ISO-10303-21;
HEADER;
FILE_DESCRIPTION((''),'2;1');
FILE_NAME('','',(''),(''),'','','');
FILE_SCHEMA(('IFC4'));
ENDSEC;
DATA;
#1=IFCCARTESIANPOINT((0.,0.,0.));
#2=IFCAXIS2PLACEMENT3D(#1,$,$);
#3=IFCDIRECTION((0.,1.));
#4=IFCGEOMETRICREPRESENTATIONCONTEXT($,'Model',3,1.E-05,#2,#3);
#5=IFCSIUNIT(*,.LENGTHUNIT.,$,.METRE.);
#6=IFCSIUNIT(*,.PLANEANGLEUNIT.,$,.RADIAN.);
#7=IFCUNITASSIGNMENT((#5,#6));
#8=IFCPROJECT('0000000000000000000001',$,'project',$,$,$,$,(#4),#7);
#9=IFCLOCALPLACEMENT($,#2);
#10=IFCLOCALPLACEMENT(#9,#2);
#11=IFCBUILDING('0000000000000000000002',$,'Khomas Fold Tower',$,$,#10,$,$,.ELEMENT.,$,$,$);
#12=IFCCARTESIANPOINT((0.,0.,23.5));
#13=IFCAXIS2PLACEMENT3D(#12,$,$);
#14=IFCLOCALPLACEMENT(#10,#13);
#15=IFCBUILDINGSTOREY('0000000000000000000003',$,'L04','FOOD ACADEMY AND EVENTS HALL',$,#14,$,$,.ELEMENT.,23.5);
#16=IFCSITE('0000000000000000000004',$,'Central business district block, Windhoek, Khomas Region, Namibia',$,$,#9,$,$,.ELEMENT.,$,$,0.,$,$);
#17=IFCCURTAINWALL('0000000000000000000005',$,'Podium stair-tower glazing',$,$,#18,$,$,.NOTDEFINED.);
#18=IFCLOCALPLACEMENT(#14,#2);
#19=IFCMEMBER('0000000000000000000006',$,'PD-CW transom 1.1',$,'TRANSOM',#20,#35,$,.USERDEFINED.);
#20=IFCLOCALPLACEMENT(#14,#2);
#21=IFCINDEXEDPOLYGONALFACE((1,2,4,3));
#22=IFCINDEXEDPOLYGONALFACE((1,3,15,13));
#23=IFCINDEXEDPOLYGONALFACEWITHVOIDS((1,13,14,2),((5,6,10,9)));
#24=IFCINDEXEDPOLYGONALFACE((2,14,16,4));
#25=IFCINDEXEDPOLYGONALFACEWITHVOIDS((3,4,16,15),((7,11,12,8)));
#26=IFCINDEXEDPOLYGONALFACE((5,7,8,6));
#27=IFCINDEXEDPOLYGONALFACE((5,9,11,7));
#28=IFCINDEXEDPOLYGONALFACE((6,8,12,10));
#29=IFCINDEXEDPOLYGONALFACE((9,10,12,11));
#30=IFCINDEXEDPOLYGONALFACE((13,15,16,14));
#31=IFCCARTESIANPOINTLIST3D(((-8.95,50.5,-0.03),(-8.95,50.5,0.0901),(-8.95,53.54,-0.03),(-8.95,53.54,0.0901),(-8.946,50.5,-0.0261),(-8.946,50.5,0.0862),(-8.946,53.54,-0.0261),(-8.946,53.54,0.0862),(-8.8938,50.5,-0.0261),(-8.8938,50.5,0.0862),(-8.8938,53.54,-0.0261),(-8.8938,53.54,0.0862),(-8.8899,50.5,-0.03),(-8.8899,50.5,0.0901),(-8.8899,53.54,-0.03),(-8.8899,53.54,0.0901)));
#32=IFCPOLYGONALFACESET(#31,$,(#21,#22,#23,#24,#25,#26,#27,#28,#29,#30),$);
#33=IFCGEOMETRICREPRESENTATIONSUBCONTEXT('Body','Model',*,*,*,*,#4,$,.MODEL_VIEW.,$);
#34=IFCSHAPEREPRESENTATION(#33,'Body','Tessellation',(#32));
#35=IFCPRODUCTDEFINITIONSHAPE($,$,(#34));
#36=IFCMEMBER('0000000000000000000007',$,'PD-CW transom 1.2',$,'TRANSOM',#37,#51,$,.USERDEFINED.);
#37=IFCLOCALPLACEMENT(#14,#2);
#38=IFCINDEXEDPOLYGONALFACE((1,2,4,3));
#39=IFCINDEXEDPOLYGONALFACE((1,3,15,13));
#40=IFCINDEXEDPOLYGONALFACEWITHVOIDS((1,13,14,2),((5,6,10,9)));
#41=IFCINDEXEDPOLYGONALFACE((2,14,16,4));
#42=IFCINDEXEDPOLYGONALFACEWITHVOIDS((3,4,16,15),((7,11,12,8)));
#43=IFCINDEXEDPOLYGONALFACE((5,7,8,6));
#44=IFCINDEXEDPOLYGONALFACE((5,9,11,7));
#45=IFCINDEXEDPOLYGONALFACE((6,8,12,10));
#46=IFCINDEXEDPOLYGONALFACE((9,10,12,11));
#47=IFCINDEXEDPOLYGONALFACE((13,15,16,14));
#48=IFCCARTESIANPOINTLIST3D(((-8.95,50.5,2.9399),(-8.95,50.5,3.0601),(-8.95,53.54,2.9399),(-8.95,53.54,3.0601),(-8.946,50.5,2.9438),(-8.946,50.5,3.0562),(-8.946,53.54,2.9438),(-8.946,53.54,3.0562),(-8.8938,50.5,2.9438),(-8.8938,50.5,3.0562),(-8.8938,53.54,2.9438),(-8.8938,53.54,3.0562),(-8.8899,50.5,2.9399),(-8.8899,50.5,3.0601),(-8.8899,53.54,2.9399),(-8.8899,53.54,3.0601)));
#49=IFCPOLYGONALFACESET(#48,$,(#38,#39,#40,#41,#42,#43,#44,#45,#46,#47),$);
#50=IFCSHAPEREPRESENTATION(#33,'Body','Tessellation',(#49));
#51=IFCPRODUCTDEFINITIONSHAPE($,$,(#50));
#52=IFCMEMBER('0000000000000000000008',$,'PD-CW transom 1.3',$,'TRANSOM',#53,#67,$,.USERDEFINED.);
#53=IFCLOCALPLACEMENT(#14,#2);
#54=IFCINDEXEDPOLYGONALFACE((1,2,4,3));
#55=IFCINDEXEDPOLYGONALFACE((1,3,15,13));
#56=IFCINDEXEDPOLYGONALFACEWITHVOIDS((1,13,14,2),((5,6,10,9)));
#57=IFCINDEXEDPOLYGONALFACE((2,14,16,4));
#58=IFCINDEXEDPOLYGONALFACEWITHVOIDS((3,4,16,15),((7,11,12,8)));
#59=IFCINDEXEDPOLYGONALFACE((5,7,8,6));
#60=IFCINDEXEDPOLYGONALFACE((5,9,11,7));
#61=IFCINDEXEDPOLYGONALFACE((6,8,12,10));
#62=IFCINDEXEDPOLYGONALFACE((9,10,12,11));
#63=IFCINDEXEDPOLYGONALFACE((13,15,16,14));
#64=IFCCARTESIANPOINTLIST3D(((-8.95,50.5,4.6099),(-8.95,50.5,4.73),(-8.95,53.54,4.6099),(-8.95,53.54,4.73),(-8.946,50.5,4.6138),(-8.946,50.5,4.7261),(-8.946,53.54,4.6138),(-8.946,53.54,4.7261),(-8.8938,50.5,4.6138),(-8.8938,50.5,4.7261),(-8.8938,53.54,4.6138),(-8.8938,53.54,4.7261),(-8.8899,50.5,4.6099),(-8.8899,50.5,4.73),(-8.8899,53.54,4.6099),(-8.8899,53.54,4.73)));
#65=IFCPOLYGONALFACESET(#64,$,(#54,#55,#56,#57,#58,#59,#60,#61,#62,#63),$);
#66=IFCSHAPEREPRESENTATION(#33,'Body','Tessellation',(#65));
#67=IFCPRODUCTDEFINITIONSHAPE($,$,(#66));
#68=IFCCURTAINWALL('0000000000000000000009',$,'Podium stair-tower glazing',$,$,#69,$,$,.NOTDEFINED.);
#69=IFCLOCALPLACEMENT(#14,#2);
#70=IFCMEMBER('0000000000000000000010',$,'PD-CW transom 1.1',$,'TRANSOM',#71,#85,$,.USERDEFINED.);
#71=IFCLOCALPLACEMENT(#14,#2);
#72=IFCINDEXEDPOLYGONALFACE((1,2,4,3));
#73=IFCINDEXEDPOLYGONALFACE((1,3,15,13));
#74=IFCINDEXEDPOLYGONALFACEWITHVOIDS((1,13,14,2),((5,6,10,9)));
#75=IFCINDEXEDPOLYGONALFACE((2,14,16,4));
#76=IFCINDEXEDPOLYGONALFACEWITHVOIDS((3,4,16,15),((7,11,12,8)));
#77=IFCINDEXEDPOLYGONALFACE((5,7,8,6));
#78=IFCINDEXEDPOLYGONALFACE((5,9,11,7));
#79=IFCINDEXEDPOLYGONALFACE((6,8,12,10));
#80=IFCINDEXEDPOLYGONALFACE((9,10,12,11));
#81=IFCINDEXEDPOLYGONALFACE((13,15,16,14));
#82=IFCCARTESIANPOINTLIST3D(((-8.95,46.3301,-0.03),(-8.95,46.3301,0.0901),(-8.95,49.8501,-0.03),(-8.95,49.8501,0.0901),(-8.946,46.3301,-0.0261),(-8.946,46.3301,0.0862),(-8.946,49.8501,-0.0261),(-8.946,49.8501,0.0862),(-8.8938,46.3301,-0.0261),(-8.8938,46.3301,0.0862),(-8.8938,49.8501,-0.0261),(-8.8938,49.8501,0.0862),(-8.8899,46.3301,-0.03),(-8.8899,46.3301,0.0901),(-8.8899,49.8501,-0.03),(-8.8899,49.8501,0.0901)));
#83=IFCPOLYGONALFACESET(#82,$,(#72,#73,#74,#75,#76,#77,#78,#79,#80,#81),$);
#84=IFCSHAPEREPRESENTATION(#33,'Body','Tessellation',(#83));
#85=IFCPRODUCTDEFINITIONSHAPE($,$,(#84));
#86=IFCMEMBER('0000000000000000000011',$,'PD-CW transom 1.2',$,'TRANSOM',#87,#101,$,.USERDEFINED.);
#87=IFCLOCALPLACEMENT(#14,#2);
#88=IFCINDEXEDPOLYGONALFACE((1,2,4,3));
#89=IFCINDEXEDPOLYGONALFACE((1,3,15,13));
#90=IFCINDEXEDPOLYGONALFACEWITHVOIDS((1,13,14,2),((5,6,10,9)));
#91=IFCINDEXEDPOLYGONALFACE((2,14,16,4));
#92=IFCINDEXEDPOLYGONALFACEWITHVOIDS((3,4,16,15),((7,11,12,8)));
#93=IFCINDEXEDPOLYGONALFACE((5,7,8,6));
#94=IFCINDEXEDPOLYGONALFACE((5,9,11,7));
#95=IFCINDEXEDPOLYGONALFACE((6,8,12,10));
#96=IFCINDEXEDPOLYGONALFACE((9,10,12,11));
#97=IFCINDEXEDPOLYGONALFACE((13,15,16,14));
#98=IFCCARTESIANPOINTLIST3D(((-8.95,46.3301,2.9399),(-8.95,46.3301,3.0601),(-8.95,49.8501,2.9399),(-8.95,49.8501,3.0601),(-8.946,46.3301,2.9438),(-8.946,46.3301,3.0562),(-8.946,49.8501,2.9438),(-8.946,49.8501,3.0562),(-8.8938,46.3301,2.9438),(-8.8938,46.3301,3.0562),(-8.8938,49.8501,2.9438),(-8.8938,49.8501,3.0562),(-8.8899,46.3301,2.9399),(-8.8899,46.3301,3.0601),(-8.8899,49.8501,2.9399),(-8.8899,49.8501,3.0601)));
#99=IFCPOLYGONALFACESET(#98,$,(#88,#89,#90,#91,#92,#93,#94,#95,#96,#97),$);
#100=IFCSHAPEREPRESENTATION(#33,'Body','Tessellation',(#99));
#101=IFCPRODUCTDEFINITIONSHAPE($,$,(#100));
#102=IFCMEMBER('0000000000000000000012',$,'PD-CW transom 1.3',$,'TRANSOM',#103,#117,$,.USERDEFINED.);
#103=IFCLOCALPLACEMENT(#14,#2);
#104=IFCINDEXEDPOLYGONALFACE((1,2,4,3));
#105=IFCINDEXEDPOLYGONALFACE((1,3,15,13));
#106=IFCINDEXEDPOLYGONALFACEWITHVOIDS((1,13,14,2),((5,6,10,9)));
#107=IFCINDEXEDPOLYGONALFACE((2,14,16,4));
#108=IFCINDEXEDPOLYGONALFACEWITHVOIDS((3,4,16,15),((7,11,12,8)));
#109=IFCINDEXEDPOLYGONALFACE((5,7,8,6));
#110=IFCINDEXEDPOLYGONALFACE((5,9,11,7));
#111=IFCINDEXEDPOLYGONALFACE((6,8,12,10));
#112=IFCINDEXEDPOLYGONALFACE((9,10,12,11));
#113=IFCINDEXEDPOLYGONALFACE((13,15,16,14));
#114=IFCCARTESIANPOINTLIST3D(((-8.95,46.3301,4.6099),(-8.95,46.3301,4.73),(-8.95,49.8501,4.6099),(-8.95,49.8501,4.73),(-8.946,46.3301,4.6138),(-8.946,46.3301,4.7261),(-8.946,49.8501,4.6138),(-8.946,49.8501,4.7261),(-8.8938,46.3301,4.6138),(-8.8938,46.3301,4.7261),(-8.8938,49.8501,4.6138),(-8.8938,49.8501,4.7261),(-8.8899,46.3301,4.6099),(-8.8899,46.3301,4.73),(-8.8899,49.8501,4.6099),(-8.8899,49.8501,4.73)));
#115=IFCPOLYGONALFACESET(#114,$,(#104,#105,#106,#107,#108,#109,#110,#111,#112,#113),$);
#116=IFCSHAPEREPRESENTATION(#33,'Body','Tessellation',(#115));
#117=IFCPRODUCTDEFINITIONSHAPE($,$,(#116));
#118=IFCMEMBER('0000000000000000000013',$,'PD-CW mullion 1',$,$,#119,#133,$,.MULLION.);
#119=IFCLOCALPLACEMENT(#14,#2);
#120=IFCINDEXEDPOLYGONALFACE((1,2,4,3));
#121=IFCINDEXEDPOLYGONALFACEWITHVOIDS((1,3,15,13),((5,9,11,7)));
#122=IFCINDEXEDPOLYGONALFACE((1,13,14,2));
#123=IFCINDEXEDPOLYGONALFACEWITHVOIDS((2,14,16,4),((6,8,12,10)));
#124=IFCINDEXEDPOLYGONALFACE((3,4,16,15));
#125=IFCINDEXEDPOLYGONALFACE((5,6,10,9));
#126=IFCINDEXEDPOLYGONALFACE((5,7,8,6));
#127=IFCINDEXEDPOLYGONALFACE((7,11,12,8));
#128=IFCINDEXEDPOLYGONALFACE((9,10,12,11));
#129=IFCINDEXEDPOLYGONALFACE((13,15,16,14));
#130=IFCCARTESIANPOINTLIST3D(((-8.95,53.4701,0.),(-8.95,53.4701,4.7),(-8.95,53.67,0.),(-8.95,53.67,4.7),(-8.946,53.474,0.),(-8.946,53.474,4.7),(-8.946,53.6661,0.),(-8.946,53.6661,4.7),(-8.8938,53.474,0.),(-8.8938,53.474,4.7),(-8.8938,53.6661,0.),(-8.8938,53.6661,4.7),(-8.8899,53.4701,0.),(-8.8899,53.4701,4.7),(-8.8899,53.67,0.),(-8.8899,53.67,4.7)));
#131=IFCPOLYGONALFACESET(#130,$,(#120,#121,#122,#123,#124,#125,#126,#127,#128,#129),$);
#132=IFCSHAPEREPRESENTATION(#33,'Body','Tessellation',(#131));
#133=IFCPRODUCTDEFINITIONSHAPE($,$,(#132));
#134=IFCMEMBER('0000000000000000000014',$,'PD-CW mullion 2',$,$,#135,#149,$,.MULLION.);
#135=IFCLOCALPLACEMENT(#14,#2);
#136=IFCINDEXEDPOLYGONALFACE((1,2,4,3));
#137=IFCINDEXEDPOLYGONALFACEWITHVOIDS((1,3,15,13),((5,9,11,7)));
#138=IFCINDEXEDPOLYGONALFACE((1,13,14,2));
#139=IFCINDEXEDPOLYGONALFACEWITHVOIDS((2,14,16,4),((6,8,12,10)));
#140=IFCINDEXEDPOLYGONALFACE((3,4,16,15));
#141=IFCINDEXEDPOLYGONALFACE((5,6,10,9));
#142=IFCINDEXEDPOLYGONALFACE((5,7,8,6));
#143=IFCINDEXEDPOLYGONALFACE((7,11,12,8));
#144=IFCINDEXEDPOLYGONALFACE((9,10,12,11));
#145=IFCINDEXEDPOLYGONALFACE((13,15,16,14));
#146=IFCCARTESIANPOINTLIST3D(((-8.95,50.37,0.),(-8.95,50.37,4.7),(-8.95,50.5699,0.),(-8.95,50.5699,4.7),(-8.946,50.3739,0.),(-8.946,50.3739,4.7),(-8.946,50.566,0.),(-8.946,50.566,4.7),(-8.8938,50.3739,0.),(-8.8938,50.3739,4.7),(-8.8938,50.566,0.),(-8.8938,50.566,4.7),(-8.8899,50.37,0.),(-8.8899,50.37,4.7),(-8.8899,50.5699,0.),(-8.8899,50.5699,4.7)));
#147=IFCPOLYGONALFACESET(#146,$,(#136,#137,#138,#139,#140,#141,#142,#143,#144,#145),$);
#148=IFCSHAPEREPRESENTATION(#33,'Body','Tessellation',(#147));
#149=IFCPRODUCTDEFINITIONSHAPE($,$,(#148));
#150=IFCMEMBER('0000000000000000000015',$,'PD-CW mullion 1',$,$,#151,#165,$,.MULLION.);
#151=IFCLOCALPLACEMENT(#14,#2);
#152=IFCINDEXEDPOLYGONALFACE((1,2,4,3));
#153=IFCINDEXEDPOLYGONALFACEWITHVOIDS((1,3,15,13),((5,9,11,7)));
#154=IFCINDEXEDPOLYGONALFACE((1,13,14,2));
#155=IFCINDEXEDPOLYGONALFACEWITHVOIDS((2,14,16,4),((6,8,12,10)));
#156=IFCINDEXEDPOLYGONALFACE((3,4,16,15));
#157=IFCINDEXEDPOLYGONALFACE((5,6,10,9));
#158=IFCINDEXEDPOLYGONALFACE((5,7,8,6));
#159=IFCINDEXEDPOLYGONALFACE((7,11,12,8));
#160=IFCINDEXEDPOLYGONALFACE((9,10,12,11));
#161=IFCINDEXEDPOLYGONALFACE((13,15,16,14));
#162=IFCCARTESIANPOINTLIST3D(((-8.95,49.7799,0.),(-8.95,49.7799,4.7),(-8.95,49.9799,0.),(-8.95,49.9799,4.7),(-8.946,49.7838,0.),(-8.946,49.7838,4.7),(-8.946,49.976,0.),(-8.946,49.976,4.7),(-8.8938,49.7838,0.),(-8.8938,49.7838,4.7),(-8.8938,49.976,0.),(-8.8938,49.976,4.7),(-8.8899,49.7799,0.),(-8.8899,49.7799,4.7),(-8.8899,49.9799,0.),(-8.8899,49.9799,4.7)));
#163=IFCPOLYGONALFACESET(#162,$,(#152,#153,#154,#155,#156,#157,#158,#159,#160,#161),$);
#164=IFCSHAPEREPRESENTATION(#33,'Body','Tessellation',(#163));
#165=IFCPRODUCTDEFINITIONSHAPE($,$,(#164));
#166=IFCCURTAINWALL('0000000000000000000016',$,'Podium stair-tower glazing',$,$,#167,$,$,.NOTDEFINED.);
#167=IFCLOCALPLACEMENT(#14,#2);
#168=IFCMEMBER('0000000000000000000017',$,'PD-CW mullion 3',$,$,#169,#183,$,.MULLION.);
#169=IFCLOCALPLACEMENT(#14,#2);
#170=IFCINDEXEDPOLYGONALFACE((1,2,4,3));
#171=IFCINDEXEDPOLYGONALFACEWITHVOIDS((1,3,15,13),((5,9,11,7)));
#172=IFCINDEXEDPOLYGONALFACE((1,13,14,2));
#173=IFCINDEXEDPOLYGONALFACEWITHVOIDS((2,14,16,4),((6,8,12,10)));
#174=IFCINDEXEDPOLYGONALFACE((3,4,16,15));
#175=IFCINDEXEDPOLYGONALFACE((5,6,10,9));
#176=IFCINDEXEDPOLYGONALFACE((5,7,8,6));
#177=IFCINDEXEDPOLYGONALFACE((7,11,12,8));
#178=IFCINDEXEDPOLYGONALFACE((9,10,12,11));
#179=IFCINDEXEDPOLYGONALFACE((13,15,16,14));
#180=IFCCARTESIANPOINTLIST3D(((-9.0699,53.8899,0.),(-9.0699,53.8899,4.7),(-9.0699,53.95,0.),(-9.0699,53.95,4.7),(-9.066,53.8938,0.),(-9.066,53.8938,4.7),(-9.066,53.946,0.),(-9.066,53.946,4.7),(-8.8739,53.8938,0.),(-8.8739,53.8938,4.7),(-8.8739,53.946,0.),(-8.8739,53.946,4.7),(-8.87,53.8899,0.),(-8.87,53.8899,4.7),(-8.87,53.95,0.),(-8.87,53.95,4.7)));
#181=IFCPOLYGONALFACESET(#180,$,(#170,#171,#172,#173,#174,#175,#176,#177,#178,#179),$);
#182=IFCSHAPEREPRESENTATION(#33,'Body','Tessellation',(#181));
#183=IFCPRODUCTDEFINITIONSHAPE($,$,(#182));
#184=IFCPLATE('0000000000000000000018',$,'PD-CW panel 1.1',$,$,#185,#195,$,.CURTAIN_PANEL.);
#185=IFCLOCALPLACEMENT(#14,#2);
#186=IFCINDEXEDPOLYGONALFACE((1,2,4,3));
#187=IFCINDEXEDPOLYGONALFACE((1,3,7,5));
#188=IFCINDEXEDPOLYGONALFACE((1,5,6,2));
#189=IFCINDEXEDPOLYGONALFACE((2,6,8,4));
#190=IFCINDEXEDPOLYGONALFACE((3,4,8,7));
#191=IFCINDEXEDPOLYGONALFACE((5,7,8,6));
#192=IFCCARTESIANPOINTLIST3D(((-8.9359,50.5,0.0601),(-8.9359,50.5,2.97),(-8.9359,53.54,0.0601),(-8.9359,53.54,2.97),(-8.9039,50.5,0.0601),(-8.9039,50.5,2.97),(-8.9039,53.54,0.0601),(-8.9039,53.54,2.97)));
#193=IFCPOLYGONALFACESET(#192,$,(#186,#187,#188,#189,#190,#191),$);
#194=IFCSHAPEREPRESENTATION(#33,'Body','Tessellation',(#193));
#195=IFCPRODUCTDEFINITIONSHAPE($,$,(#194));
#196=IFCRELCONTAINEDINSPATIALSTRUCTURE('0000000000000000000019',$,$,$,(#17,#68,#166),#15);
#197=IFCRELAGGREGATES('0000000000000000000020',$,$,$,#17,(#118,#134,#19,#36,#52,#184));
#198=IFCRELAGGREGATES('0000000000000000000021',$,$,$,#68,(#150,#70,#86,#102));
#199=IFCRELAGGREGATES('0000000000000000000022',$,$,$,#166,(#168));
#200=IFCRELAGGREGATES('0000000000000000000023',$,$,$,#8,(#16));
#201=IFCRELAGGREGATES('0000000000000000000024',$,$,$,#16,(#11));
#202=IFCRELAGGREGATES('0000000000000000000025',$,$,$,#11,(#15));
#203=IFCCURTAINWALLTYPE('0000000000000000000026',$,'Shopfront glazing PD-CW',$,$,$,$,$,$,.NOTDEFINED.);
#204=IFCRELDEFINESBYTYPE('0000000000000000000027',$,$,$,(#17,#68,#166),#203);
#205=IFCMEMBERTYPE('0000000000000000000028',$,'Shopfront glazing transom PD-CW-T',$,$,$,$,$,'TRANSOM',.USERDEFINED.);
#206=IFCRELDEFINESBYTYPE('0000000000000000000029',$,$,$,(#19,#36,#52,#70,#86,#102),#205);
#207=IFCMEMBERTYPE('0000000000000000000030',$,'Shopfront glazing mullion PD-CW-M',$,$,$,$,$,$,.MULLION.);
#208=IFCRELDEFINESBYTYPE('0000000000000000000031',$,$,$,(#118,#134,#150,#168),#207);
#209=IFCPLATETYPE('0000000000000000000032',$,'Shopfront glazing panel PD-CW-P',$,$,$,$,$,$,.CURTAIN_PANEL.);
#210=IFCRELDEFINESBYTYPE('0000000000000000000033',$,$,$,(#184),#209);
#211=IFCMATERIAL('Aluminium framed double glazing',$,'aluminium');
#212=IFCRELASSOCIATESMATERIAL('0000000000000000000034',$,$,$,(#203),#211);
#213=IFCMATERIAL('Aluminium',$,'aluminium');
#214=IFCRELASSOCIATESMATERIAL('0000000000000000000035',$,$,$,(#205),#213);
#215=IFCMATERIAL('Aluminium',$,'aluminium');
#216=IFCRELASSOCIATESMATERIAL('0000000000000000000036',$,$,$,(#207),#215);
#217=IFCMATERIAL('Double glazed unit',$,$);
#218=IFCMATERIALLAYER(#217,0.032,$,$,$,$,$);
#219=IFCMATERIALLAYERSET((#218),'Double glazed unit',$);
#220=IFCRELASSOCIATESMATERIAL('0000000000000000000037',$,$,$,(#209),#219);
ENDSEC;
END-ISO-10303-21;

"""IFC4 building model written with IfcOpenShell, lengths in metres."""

from ifc_helpers import new_model, si_unit, direction, frame, origin, origin_2d, place, context, subcontext, project, spatial, rectangle, hollow_rectangle, extrude, source, transform, mapped, material, layer, layer_set, material_profile, profile_set, type_object, element, aggregate, save


model = new_model("IFC4")

# Units and contexts
model_context = context("Model", 3, precision=1e-05, world=origin(), true_north=direction((0.0, 1.0)))
body_context = subcontext(model_context, "Body", "Model", "MODEL_VIEW")
ifc_project = project(units=[si_unit("LENGTHUNIT", "METRE"), si_unit("PLANEANGLEUNIT", "RADIAN")], contexts=[model_context])

# Site, building, storey
site_placement = place(None, origin())
site = spatial("IfcSite", under=ifc_project, at=site_placement, Name="Central business district block, Windhoek, Khomas Region, Namibia", CompositionType="ELEMENT", RefElevation=0.0)
building_placement = place(site_placement, origin())
building = spatial("IfcBuilding", under=site, at=building_placement, Name="Khomas Fold Tower", CompositionType="ELEMENT")
storey_placement = place(building_placement, frame((0.0, 0.0, 23.5)))
storey = spatial("IfcBuildingStorey", under=building, at=storey_placement, Name="L04", Description="FOOD ACADEMY AND EVENTS HALL", CompositionType="ELEMENT", Elevation=23.5)

# Curtain walls, members
ifc_material_1 = material(Name="Aluminium framed double glazing", Category="aluminium")
curtain_wall_type = type_object("IfcCurtainWallType", Name="Shopfront glazing PD-CW", PredefinedType="NOTDEFINED", material=ifc_material_1)
curtain_wall_1_placement = place(storey_placement, origin())
curtain_wall_1 = element("IfcCurtainWall", 1, at=curtain_wall_1_placement, inside=storey, type_object=curtain_wall_type, Name="Podium stair-tower glazing", PredefinedType="NOTDEFINED")
ifc_material_2 = material(Name="Aluminium", Category="aluminium")
ifc_material_profile_1 = material_profile(ifc_material_2, hollow_rectangle(XDim=0.0601, YDim=0.1201, WallThickness=0.0039, at=origin_2d()), Name="Shopfront glazing transom PD-CW-T")
ifc_profile_set_1 = profile_set([ifc_material_profile_1], Name="Aluminium")
member_type_1 = type_object("IfcMemberType", Name="Shopfront glazing transom PD-CW-T", ElementType="TRANSOM", PredefinedType="USERDEFINED", material=ifc_profile_set_1)
shared_shape_1 = source(origin(), body_context, "Body", "SweptSolid", [
    extrude(hollow_rectangle(XDim=0.0601, YDim=0.1201, WallThickness=0.0039, at=origin_2d()), origin(), (0.0, 0.0, 1.0), 3.04),
])
member_1_placement = place(storey_placement, frame((-8.9199, 53.54, 0.03), z_axis=(0.0, -1.0, 0.0), x_axis=(1.0, 0.0, 0.0)))
member_1 = element("IfcMember", 2, at=member_1_placement, type_object=member_type_1, Name="PD-CW transom 1.1", ObjectType="TRANSOM", PredefinedType="USERDEFINED", context=body_context, shape_type="MappedRepresentation", body=[
    mapped(shared_shape_1, transform((0.0, 0.0, 0.0))),
])
member_2_placement = place(storey_placement, frame((-8.9199, 53.54, 3.0), z_axis=(0.0, -1.0, 0.0), x_axis=(1.0, 0.0, 0.0)))
member_2 = element("IfcMember", 3, at=member_2_placement, type_object=member_type_1, Name="PD-CW transom 1.2", ObjectType="TRANSOM", PredefinedType="USERDEFINED", context=body_context, shape_type="MappedRepresentation", body=[
    mapped(shared_shape_1, transform((0.0, 0.0, 0.0))),
])
member_3_placement = place(storey_placement, frame((-8.9199, 53.54, 4.6699), z_axis=(0.0, -1.0, 0.0), x_axis=(1.0, 0.0, 0.0)))
member_3 = element("IfcMember", 4, at=member_3_placement, type_object=member_type_1, Name="PD-CW transom 1.3", ObjectType="TRANSOM", PredefinedType="USERDEFINED", context=body_context, shape_type="MappedRepresentation", body=[
    mapped(shared_shape_1, transform((0.0, 0.0, 0.0))),
])
curtain_wall_2_placement = place(storey_placement, origin())
curtain_wall_2 = element("IfcCurtainWall", 5, at=curtain_wall_2_placement, inside=storey, type_object=curtain_wall_type, Name="Podium stair-tower glazing", PredefinedType="NOTDEFINED")
shared_shape_2 = source(origin(), body_context, "Body", "SweptSolid", [
    extrude(hollow_rectangle(XDim=0.0601, YDim=0.1201, WallThickness=0.0039, at=origin_2d()), origin(), (0.0, 0.0, 1.0), 3.52),
])
member_4_placement = place(storey_placement, frame((-8.9199, 49.8501, 0.03), z_axis=(0.0, -1.0, 0.0), x_axis=(1.0, 0.0, 0.0)))
member_4 = element("IfcMember", 6, at=member_4_placement, type_object=member_type_1, Name="PD-CW transom 1.1", ObjectType="TRANSOM", PredefinedType="USERDEFINED", context=body_context, shape_type="MappedRepresentation", body=[
    mapped(shared_shape_2, transform((0.0, 0.0, 0.0))),
])
member_5_placement = place(storey_placement, frame((-8.9199, 49.8501, 3.0), z_axis=(0.0, -1.0, 0.0), x_axis=(1.0, 0.0, 0.0)))
member_5 = element("IfcMember", 7, at=member_5_placement, type_object=member_type_1, Name="PD-CW transom 1.2", ObjectType="TRANSOM", PredefinedType="USERDEFINED", context=body_context, shape_type="MappedRepresentation", body=[
    mapped(shared_shape_2, transform((0.0, 0.0, 0.0))),
])
member_6_placement = place(storey_placement, frame((-8.9199, 49.8501, 4.6699), z_axis=(0.0, -1.0, 0.0), x_axis=(1.0, 0.0, 0.0)))
member_6 = element("IfcMember", 8, at=member_6_placement, type_object=member_type_1, Name="PD-CW transom 1.3", ObjectType="TRANSOM", PredefinedType="USERDEFINED", context=body_context, shape_type="MappedRepresentation", body=[
    mapped(shared_shape_2, transform((0.0, 0.0, 0.0))),
])

# Members
ifc_material_3 = material(Name="Aluminium", Category="aluminium")
ifc_material_profile_2 = material_profile(ifc_material_3, hollow_rectangle(XDim=0.0601, YDim=0.2, WallThickness=0.0039, at=origin_2d()), Name="Shopfront glazing mullion PD-CW-M")
ifc_profile_set_2 = profile_set([ifc_material_profile_2], Name="Aluminium")
member_type_2 = type_object("IfcMemberType", Name="Shopfront glazing mullion PD-CW-M", PredefinedType="MULLION", material=ifc_profile_set_2)
shared_shape_3 = source(origin(), body_context, "Body", "SweptSolid", [
    extrude(hollow_rectangle(XDim=0.0601, YDim=0.2, WallThickness=0.0039, at=origin_2d()), origin(), (0.0, 0.0, 1.0), 4.7),
])
member_7_placement = place(storey_placement, frame((-8.9199, 53.5701, 0.0), z_axis=(0.0, 0.0, 1.0), x_axis=(1.0, 0.0, 0.0)))
member_7 = element("IfcMember", 9, at=member_7_placement, type_object=member_type_2, Name="PD-CW mullion 1", PredefinedType="MULLION", context=body_context, shape_type="MappedRepresentation", body=[
    mapped(shared_shape_3, transform((0.0, 0.0, 0.0))),
])
member_8_placement = place(storey_placement, frame((-8.9199, 50.47, 0.0), z_axis=(0.0, 0.0, 1.0), x_axis=(1.0, 0.0, 0.0)))
member_8 = element("IfcMember", 10, at=member_8_placement, type_object=member_type_2, Name="PD-CW mullion 2", PredefinedType="MULLION", context=body_context, shape_type="MappedRepresentation", body=[
    mapped(shared_shape_3, transform((0.0, 0.0, 0.0))),
])
member_9_placement = place(storey_placement, frame((-8.9199, 49.8799, 0.0), z_axis=(0.0, 0.0, 1.0), x_axis=(1.0, 0.0, 0.0)))
member_9 = element("IfcMember", 11, at=member_9_placement, type_object=member_type_2, Name="PD-CW mullion 1", PredefinedType="MULLION", context=body_context, shape_type="MappedRepresentation", body=[
    mapped(shared_shape_3, transform((0.0, 0.0, 0.0))),
])

# Curtain wall, member
curtain_wall_3_placement = place(storey_placement, origin())
curtain_wall_3 = element("IfcCurtainWall", 12, at=curtain_wall_3_placement, inside=storey, type_object=curtain_wall_type, Name="Podium stair-tower glazing", PredefinedType="NOTDEFINED")
member_10_placement = place(storey_placement, frame((-8.97, 53.9199, 0.0), z_axis=(0.0, 0.0, 1.0), x_axis=(0.0, -1.0, 0.0)))
member_10 = element("IfcMember", 13, at=member_10_placement, type_object=member_type_2, Name="PD-CW mullion 3", PredefinedType="MULLION", context=body_context, shape_type="MappedRepresentation", body=[
    mapped(shared_shape_3, transform((0.0, 0.0, 0.0))),
])

# Plate
ifc_material_4 = material(Name="Double glazed unit")
ifc_layer_1 = layer(ifc_material_4, 0.032)
ifc_layer_set_1 = layer_set([ifc_layer_1], Name="Double glazed unit")
plate_type = type_object("IfcPlateType", Name="Shopfront glazing panel PD-CW-P", PredefinedType="CURTAIN_PANEL", material=ifc_layer_set_1)
shared_shape_4 = source(origin(), body_context, "Body", "SweptSolid", [
    extrude(rectangle(XDim=3.04, YDim=0.032, at=origin_2d()), origin(), (0.0, 0.0, 1.0), 2.9099),
])
plate_1_placement = place(storey_placement, frame((-8.9199, 52.02, 0.0601), z_axis=(0.0, 0.0, 1.0), x_axis=(0.0, -1.0, 0.0)))
plate_1 = element("IfcPlate", 14, at=plate_1_placement, type_object=plate_type, Name="PD-CW panel 1.1", PredefinedType="CURTAIN_PANEL", context=body_context, shape_type="MappedRepresentation", body=[
    mapped(shared_shape_4, transform((0.0, 0.0, 0.0))),
])
aggregate(curtain_wall_1, [member_7, member_8, member_1, member_2, member_3, plate_1])
aggregate(curtain_wall_2, [member_9, member_4, member_5, member_6])
aggregate(curtain_wall_3, [member_10])

save(model, "model.ifc")
